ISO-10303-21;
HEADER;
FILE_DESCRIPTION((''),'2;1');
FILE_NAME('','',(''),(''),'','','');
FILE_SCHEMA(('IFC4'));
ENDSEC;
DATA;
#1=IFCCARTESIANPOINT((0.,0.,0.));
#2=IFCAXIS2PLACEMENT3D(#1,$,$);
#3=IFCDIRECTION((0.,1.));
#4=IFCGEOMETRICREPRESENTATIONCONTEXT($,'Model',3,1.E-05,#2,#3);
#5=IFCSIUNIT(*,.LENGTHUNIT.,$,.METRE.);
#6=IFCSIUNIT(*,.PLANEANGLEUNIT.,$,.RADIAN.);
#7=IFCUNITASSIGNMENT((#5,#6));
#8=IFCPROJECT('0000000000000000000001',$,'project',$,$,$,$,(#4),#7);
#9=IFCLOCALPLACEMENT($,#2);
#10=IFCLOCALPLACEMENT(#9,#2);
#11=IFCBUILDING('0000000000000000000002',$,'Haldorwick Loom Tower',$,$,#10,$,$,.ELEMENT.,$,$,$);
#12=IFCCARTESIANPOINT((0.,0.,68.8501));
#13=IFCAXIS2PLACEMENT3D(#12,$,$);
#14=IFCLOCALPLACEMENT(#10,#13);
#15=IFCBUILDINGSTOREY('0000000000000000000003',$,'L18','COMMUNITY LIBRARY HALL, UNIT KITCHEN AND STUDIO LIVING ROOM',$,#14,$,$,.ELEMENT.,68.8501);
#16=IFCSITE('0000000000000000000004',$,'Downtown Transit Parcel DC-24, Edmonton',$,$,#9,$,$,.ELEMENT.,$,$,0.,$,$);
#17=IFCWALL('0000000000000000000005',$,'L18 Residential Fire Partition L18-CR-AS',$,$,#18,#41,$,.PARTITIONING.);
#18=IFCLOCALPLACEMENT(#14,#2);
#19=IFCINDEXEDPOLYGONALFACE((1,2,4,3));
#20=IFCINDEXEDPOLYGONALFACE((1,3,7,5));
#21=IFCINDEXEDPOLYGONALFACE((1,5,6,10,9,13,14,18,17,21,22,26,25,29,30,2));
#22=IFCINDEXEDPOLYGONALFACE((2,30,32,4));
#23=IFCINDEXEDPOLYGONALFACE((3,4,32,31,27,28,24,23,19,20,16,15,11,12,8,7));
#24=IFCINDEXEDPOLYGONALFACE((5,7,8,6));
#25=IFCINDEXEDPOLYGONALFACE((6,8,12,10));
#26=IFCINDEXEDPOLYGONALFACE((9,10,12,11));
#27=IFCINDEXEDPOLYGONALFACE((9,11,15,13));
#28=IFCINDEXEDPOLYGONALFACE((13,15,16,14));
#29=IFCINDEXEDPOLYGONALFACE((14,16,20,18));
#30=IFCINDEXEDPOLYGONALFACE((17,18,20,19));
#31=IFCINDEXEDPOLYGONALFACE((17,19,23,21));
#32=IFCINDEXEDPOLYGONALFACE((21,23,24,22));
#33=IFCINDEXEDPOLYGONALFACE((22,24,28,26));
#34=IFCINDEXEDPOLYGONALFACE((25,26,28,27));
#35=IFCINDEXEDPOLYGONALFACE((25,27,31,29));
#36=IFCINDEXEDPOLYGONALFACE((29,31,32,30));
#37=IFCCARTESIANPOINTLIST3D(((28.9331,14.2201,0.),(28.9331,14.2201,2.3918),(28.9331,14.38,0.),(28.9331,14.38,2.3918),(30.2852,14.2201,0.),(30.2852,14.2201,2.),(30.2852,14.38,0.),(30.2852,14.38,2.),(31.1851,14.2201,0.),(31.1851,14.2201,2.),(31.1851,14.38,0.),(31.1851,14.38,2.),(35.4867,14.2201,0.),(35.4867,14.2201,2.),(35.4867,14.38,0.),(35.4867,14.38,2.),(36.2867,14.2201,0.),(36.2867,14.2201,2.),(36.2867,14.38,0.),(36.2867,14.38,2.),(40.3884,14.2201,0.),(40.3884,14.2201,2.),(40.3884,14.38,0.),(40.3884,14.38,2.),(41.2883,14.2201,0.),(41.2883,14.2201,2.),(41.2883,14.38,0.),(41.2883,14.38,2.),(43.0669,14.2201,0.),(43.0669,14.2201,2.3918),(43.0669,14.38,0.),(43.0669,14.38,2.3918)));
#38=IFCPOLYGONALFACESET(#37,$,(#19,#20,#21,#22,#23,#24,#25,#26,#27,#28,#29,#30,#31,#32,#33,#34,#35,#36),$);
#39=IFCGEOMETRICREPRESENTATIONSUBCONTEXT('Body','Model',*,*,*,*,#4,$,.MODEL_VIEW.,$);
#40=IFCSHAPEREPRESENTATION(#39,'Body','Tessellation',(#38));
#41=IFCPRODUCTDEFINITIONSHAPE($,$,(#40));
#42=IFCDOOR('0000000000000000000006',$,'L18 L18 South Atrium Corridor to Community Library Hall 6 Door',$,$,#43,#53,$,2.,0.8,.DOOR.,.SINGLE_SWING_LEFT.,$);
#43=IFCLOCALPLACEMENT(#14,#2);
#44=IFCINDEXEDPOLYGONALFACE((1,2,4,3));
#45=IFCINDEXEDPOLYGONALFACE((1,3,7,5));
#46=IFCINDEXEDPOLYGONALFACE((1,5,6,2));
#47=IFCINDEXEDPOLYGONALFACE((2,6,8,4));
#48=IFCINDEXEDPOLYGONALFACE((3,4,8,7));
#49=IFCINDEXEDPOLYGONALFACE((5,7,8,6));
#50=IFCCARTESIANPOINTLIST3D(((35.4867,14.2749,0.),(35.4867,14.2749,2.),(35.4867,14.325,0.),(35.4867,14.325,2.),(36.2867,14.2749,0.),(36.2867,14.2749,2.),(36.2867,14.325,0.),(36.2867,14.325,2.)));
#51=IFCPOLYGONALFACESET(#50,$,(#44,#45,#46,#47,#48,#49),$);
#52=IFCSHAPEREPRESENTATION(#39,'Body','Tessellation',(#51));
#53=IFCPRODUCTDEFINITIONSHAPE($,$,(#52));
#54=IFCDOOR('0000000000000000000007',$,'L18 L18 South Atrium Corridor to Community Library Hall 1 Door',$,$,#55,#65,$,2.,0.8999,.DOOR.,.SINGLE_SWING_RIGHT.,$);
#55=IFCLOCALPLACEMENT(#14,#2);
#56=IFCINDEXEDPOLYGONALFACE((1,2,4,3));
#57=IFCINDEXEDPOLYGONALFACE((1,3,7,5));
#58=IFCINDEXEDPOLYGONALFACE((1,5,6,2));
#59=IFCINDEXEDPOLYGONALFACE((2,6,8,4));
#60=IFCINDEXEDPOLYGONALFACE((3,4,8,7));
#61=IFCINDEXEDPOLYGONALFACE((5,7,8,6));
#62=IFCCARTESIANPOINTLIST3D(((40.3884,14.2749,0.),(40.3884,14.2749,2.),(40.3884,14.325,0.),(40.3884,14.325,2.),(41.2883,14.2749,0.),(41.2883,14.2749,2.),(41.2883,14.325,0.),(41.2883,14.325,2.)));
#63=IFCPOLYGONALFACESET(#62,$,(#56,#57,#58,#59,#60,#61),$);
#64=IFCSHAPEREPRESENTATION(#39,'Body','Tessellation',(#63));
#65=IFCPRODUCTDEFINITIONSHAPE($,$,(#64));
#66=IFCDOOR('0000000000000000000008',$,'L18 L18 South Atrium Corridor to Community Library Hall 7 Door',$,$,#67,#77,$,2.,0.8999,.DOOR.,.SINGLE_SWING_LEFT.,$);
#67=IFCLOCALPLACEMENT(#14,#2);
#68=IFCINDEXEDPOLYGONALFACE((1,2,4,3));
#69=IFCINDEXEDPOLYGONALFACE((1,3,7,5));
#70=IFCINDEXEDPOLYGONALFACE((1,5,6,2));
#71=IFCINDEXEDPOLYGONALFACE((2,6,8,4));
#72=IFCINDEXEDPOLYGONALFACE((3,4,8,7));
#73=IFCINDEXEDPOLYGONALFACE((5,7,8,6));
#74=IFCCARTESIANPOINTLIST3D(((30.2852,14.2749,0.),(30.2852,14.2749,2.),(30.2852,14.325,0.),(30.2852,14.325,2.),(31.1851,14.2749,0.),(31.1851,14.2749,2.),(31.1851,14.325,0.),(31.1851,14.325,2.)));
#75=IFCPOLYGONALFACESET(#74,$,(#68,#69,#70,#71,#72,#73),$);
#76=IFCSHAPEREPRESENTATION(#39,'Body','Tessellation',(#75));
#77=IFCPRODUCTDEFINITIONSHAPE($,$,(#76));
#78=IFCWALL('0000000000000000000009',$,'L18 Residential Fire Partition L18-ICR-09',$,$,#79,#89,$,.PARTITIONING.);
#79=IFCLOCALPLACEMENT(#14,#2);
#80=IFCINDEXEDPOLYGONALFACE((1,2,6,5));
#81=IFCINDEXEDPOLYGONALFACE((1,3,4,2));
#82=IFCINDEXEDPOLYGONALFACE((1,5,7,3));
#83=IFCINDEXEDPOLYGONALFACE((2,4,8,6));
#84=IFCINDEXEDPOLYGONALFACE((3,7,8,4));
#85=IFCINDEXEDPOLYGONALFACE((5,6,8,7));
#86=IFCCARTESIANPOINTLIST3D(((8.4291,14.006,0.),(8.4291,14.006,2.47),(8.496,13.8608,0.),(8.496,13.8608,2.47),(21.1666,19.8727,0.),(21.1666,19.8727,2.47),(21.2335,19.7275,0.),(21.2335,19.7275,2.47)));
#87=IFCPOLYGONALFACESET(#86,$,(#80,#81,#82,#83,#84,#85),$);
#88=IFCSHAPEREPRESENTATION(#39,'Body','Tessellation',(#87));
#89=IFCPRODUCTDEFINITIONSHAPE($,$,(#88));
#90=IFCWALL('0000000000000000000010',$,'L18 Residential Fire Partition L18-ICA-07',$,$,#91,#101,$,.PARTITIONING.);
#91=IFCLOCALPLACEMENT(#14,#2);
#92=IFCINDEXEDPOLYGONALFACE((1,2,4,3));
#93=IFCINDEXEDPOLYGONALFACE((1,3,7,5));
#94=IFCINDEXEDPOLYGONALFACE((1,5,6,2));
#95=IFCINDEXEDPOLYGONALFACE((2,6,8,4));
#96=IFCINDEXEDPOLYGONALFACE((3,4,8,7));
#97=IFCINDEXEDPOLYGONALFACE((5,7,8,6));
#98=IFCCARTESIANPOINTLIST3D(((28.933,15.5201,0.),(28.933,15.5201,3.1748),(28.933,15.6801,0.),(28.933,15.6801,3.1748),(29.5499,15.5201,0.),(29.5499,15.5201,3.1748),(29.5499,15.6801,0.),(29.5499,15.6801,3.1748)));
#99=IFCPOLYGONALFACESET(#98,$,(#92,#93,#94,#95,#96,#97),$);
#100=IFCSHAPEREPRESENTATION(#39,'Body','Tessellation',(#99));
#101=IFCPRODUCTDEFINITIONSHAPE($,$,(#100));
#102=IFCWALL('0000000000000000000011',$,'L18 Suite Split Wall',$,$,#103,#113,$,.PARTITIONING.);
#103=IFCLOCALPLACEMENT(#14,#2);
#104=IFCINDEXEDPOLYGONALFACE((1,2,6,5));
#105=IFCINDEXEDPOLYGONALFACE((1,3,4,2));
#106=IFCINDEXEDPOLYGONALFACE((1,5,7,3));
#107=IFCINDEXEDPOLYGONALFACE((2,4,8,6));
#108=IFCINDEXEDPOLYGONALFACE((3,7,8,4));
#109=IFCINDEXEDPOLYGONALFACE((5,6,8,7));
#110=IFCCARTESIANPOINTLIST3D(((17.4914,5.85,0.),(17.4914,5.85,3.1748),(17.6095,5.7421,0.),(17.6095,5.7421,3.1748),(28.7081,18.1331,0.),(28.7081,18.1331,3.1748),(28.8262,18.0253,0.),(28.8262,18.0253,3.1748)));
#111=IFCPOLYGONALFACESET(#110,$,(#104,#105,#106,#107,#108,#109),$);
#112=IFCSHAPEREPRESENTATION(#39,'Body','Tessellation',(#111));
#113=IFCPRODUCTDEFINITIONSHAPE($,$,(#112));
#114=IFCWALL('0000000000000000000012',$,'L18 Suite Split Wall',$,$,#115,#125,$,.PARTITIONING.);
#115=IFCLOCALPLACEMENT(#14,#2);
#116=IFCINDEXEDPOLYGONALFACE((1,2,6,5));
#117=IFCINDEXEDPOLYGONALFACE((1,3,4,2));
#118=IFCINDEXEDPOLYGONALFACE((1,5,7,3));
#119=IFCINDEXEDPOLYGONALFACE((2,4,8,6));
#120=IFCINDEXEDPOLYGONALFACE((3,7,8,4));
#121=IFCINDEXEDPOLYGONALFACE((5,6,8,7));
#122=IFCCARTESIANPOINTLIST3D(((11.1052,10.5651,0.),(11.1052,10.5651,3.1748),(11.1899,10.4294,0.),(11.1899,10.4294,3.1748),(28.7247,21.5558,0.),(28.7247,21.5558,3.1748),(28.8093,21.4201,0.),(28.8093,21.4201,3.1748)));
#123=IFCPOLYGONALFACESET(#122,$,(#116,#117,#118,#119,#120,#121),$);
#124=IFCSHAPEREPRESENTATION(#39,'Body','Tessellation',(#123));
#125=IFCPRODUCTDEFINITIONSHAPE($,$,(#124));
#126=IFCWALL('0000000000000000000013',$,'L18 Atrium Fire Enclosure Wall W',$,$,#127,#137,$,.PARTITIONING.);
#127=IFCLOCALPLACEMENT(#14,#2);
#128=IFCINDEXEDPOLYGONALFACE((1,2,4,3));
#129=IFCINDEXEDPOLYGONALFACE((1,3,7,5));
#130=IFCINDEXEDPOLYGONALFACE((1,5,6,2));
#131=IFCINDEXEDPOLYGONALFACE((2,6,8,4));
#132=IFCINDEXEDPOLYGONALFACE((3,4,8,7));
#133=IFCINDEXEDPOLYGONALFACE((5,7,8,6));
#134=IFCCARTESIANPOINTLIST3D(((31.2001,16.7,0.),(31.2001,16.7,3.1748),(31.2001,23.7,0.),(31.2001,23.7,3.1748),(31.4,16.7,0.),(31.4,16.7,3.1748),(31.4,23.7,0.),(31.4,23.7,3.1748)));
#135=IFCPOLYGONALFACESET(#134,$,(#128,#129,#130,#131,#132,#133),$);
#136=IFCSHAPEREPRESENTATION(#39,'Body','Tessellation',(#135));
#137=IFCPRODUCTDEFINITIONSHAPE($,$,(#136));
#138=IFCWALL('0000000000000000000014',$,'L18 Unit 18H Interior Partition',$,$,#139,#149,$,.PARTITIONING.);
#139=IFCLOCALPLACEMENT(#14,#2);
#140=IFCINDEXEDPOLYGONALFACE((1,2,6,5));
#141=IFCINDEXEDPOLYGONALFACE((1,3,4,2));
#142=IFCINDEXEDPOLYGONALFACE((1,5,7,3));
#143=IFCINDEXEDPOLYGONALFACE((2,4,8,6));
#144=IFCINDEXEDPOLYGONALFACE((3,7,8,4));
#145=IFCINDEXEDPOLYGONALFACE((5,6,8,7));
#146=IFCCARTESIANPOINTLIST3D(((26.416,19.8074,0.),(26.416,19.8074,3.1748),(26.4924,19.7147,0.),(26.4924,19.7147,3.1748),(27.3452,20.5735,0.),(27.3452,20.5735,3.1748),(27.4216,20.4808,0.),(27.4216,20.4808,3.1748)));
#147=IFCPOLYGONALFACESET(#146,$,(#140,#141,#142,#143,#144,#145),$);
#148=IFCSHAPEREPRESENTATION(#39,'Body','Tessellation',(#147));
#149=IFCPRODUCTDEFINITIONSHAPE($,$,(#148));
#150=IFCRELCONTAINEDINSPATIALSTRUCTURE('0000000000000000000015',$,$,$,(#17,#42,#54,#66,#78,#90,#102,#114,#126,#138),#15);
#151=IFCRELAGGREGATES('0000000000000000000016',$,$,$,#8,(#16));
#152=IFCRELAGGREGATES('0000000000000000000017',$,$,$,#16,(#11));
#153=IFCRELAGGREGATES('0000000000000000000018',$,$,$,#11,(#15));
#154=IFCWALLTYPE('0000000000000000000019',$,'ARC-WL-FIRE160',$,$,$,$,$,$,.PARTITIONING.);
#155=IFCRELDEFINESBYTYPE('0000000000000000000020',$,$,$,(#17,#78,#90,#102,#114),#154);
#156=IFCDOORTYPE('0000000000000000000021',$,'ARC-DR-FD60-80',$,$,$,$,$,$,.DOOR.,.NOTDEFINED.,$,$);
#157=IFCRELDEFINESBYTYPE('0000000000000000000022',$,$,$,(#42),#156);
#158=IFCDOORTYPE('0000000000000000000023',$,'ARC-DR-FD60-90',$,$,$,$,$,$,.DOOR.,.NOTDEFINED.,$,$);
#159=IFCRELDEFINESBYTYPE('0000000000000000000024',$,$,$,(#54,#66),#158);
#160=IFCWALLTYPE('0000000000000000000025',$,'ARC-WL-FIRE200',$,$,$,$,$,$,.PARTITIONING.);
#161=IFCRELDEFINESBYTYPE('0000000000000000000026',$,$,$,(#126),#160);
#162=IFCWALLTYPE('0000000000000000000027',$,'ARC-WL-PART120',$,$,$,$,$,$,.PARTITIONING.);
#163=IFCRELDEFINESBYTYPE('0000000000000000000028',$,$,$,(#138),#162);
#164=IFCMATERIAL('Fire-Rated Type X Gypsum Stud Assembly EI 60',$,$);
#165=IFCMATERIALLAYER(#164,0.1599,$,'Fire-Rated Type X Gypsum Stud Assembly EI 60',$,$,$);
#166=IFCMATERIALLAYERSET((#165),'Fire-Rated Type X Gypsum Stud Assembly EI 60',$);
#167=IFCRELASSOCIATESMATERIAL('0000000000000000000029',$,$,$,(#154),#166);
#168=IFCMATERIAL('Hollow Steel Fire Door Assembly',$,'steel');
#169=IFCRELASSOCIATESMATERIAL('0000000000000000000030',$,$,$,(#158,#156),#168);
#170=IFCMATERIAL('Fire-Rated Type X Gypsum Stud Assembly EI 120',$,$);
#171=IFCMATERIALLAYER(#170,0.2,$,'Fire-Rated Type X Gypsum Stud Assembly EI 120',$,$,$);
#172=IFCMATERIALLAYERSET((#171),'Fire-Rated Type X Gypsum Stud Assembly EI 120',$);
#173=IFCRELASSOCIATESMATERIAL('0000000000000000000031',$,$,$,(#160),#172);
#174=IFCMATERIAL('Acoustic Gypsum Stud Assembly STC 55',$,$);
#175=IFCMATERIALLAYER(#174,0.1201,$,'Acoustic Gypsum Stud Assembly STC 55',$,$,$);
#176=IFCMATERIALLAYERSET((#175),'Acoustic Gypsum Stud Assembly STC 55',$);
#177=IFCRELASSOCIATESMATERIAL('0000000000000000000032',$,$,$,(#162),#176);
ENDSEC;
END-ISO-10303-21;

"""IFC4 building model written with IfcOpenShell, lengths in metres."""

from ifc_helpers import new_model, si_unit, direction, frame, frame_2d, origin, place, context, subcontext, project, spatial, rectangle, extrude, material, layer, layer_set, type_object, element, fill, save


model = new_model("IFC4")

# Units and contexts
model_context = context("Model", 3, precision=1e-05, world=origin(), true_north=direction((0.0, 1.0)))
body_context = subcontext(model_context, "Body", "Model", "MODEL_VIEW")
ifc_project = project(units=[si_unit("LENGTHUNIT", "METRE"), si_unit("PLANEANGLEUNIT", "RADIAN")], contexts=[model_context])

# Site, building, storey
site_placement = place(None, origin())
site = spatial("IfcSite", under=ifc_project, at=site_placement, Name="Downtown Transit Parcel DC-24, Edmonton", CompositionType="ELEMENT", RefElevation=0.0)
building_placement = place(site_placement, origin())
building = spatial("IfcBuilding", under=site, at=building_placement, Name="Haldorwick Loom Tower", CompositionType="ELEMENT")
storey_placement = place(building_placement, frame((0.0, 0.0, 68.8501)))
storey = spatial("IfcBuildingStorey", under=building, at=storey_placement, Name="L18", Description="COMMUNITY LIBRARY HALL, UNIT KITCHEN AND STUDIO LIVING ROOM", CompositionType="ELEMENT", Elevation=68.8501)

# Wall, openings, doors
ifc_material_1 = material(Name="Fire-Rated Type X Gypsum Stud Assembly EI 60")
ifc_layer_1 = layer(ifc_material_1, 0.1599, Name="Fire-Rated Type X Gypsum Stud Assembly EI 60")
ifc_layer_set_1 = layer_set([ifc_layer_1], Name="Fire-Rated Type X Gypsum Stud Assembly EI 60")
wall_type_1 = type_object("IfcWallType", Name="ARC-WL-FIRE160", PredefinedType="PARTITIONING", material=ifc_layer_set_1)
ifc_material_2 = material(Name="Hollow Steel Fire Door Assembly", Category="steel")
door_type_1 = type_object("IfcDoorType", Name="ARC-DR-FD60-90", OperationType="NOTDEFINED", PredefinedType="DOOR", material=ifc_material_2)
wall_1_placement = place(storey_placement, frame((28.9331, 14.3, 0.0), z_axis=(0.0, 0.0, 1.0), x_axis=(1.0, 0.0, 0.0)))
wall_1 = element("IfcWall", 1, at=wall_1_placement, inside=storey, type_object=wall_type_1, Name="L18 Residential Fire Partition L18-CR-AS", PredefinedType="PARTITIONING", context=body_context, shape_type="SweptSolid", body=[
    extrude(rectangle(XDim=14.1338, YDim=0.1599, at=frame_2d((7.0669, 0.0))), origin(), (0.0, 0.0, 1.0), 2.3918),
])
opening_1_placement = place(wall_1_placement, frame((11.4553, 0.0, 0.0)))
opening_1 = element("IfcOpeningElement", 2, at=opening_1_placement, cuts=wall_1, PredefinedType="OPENING", context=body_context, shape_type="SweptSolid", body=[
    extrude(rectangle(XDim=0.8999, YDim=2.0, at=frame_2d((0.45, 1.0))), frame((0.0, 0.0898, 0.0), z_axis=(0.0, -1.0, 0.0), x_axis=(1.0, 0.0, 0.0)), (0.0, 0.0, 1.0), 0.1799),
])
opening_2_placement = place(wall_1_placement, frame((1.3521, 0.0, 0.0)))
opening_2 = element("IfcOpeningElement", 3, at=opening_2_placement, cuts=wall_1, PredefinedType="OPENING", context=body_context, shape_type="SweptSolid", body=[
    extrude(rectangle(XDim=0.8999, YDim=2.0, at=frame_2d((0.45, 1.0))), frame((0.0, 0.0898, 0.0), z_axis=(0.0, -1.0, 0.0), x_axis=(1.0, 0.0, 0.0)), (0.0, 0.0, 1.0), 0.1799),
])
opening_3_placement = place(wall_1_placement, frame((6.5537, 0.0, 0.0)))
opening_3 = element("IfcOpeningElement", 4, at=opening_3_placement, cuts=wall_1, PredefinedType="OPENING", context=body_context, shape_type="SweptSolid", body=[
    extrude(rectangle(XDim=0.8, YDim=2.0, at=frame_2d((0.3999, 1.0))), frame((0.0, 0.0898, 0.0), z_axis=(0.0, -1.0, 0.0), x_axis=(1.0, 0.0, 0.0)), (0.0, 0.0, 1.0), 0.1799),
])
door_type_2 = type_object("IfcDoorType", Name="ARC-DR-FD60-80", OperationType="NOTDEFINED", PredefinedType="DOOR", material=ifc_material_2)
door_1_placement = place(opening_3_placement, origin())
door_1 = element("IfcDoor", 5, at=door_1_placement, inside=storey, type_object=door_type_2, Name="L18 L18 South Atrium Corridor to Community Library Hall 6 Door", OperationType="SINGLE_SWING_LEFT", OverallHeight=2.0, OverallWidth=0.8, PredefinedType="DOOR", context=body_context, shape_type="SweptSolid", body=[
    extrude(rectangle(XDim=0.8, YDim=2.0, at=frame_2d((0.3999, 1.0))), frame((0.0, 0.0249, 0.0), z_axis=(0.0, -1.0, 0.0), x_axis=(1.0, 0.0, 0.0)), (0.0, 0.0, 1.0), 0.05),
])
fill(opening_3, door_1)
door_2_placement = place(opening_1_placement, origin())
door_2 = element("IfcDoor", 6, at=door_2_placement, inside=storey, type_object=door_type_1, Name="L18 L18 South Atrium Corridor to Community Library Hall 1 Door", OperationType="SINGLE_SWING_RIGHT", OverallHeight=2.0, OverallWidth=0.8999, PredefinedType="DOOR", context=body_context, shape_type="SweptSolid", body=[
    extrude(rectangle(XDim=0.8999, YDim=2.0, at=frame_2d((0.45, 1.0))), frame((0.0, 0.0249, 0.0), z_axis=(0.0, -1.0, 0.0), x_axis=(1.0, 0.0, 0.0)), (0.0, 0.0, 1.0), 0.05),
])
fill(opening_1, door_2)
door_3_placement = place(opening_2_placement, origin())
door_3 = element("IfcDoor", 7, at=door_3_placement, inside=storey, type_object=door_type_1, Name="L18 L18 South Atrium Corridor to Community Library Hall 7 Door", OperationType="SINGLE_SWING_LEFT", OverallHeight=2.0, OverallWidth=0.8999, PredefinedType="DOOR", context=body_context, shape_type="SweptSolid", body=[
    extrude(rectangle(XDim=0.8999, YDim=2.0, at=frame_2d((0.45, 1.0))), frame((0.0, 0.0249, 0.0), z_axis=(0.0, -1.0, 0.0), x_axis=(1.0, 0.0, 0.0)), (0.0, 0.0, 1.0), 0.05),
])
fill(opening_2, door_3)

# Walls
wall_2_placement = place(storey_placement, frame((21.2, 19.8, 0.0), z_axis=(0.0, 0.0, 1.0), x_axis=(-0.908289, -0.418343, 0.0)))
element("IfcWall", 8, at=wall_2_placement, inside=storey, type_object=wall_type_1, Name="L18 Residential Fire Partition L18-ICR-09", PredefinedType="PARTITIONING", context=body_context, shape_type="SweptSolid", body=[
    extrude(rectangle(XDim=14.0237, YDim=0.1599, at=frame_2d((7.0117, 0.0))), origin(), (0.0, 0.0, 1.0), 2.47),
])
wall_3_placement = place(storey_placement, frame((29.55, 15.6001, 0.0), z_axis=(0.0, 0.0, 1.0), x_axis=(-1.0, 0.0, 0.0)))
element("IfcWall", 9, at=wall_3_placement, inside=storey, type_object=wall_type_1, Name="L18 Residential Fire Partition L18-ICA-07", PredefinedType="PARTITIONING", context=body_context, shape_type="SweptSolid", body=[
    extrude(rectangle(XDim=0.6169, YDim=0.1599, at=frame_2d((0.3086, 0.0))), origin(), (0.0, 0.0, 1.0), 3.1748),
])
wall_4_placement = place(storey_placement, frame((28.7671, 18.0791, 0.0), z_axis=(0.0, 0.0, 1.0), x_axis=(-0.674325, -0.738435, 0.0)))
element("IfcWall", 10, at=wall_4_placement, inside=storey, type_object=wall_type_1, Name="L18 Suite Split Wall", PredefinedType="PARTITIONING", context=body_context, shape_type="SweptSolid", body=[
    extrude(rectangle(XDim=16.634, YDim=0.1599, at=frame_2d((8.3169, 0.0))), origin(), (0.0, 0.0, 1.0), 3.1748),
])
wall_5_placement = place(storey_placement, frame((28.7671, 21.488, 0.0), z_axis=(0.0, 0.0, 1.0), x_axis=(-0.848461, -0.529258, 0.0)))
element("IfcWall", 11, at=wall_5_placement, inside=storey, type_object=wall_type_1, Name="L18 Suite Split Wall", PredefinedType="PARTITIONING", context=body_context, shape_type="SweptSolid", body=[
    extrude(rectangle(XDim=20.7664, YDim=0.1599, at=frame_2d((10.3833, 0.0))), origin(), (0.0, 0.0, 1.0), 3.1748),
])
ifc_material_3 = material(Name="Fire-Rated Type X Gypsum Stud Assembly EI 120")
ifc_layer_2 = layer(ifc_material_3, 0.2, Name="Fire-Rated Type X Gypsum Stud Assembly EI 120")
ifc_layer_set_2 = layer_set([ifc_layer_2], Name="Fire-Rated Type X Gypsum Stud Assembly EI 120")
wall_type_2 = type_object("IfcWallType", Name="ARC-WL-FIRE200", PredefinedType="PARTITIONING", material=ifc_layer_set_2)
wall_6_placement = place(storey_placement, frame((31.3, 16.7, 0.0), z_axis=(0.0, 0.0, 1.0), x_axis=(0.0, 1.0, 0.0)))
element("IfcWall", 12, at=wall_6_placement, inside=storey, type_object=wall_type_2, Name="L18 Atrium Fire Enclosure Wall W", PredefinedType="PARTITIONING", context=body_context, shape_type="SweptSolid", body=[
    extrude(rectangle(XDim=7.0, YDim=0.2, at=frame_2d((3.5, 0.0))), origin(), (0.0, 0.0, 1.0), 3.1748),
])
ifc_material_4 = material(Name="Acoustic Gypsum Stud Assembly STC 55")
ifc_layer_3 = layer(ifc_material_4, 0.1201, Name="Acoustic Gypsum Stud Assembly STC 55")
ifc_layer_set_3 = layer_set([ifc_layer_3], Name="Acoustic Gypsum Stud Assembly STC 55")
wall_type_3 = type_object("IfcWallType", Name="ARC-WL-PART120", PredefinedType="PARTITIONING", material=ifc_layer_set_3)
wall_7_placement = place(storey_placement, frame((27.3833, 20.5271, 0.0), z_axis=(0.0, 0.0, 1.0), x_axis=(-0.771567, -0.636148, 0.0)))
element("IfcWall", 13, at=wall_7_placement, inside=storey, type_object=wall_type_3, Name="L18 Unit 18H Interior Partition", PredefinedType="PARTITIONING", context=body_context, shape_type="SweptSolid", body=[
    extrude(rectangle(XDim=1.2043, YDim=0.1201, at=frame_2d((0.6021, 0.0))), origin(), (0.0, 0.0, 1.0), 3.1748),
])

save(model, "model.ifc")
